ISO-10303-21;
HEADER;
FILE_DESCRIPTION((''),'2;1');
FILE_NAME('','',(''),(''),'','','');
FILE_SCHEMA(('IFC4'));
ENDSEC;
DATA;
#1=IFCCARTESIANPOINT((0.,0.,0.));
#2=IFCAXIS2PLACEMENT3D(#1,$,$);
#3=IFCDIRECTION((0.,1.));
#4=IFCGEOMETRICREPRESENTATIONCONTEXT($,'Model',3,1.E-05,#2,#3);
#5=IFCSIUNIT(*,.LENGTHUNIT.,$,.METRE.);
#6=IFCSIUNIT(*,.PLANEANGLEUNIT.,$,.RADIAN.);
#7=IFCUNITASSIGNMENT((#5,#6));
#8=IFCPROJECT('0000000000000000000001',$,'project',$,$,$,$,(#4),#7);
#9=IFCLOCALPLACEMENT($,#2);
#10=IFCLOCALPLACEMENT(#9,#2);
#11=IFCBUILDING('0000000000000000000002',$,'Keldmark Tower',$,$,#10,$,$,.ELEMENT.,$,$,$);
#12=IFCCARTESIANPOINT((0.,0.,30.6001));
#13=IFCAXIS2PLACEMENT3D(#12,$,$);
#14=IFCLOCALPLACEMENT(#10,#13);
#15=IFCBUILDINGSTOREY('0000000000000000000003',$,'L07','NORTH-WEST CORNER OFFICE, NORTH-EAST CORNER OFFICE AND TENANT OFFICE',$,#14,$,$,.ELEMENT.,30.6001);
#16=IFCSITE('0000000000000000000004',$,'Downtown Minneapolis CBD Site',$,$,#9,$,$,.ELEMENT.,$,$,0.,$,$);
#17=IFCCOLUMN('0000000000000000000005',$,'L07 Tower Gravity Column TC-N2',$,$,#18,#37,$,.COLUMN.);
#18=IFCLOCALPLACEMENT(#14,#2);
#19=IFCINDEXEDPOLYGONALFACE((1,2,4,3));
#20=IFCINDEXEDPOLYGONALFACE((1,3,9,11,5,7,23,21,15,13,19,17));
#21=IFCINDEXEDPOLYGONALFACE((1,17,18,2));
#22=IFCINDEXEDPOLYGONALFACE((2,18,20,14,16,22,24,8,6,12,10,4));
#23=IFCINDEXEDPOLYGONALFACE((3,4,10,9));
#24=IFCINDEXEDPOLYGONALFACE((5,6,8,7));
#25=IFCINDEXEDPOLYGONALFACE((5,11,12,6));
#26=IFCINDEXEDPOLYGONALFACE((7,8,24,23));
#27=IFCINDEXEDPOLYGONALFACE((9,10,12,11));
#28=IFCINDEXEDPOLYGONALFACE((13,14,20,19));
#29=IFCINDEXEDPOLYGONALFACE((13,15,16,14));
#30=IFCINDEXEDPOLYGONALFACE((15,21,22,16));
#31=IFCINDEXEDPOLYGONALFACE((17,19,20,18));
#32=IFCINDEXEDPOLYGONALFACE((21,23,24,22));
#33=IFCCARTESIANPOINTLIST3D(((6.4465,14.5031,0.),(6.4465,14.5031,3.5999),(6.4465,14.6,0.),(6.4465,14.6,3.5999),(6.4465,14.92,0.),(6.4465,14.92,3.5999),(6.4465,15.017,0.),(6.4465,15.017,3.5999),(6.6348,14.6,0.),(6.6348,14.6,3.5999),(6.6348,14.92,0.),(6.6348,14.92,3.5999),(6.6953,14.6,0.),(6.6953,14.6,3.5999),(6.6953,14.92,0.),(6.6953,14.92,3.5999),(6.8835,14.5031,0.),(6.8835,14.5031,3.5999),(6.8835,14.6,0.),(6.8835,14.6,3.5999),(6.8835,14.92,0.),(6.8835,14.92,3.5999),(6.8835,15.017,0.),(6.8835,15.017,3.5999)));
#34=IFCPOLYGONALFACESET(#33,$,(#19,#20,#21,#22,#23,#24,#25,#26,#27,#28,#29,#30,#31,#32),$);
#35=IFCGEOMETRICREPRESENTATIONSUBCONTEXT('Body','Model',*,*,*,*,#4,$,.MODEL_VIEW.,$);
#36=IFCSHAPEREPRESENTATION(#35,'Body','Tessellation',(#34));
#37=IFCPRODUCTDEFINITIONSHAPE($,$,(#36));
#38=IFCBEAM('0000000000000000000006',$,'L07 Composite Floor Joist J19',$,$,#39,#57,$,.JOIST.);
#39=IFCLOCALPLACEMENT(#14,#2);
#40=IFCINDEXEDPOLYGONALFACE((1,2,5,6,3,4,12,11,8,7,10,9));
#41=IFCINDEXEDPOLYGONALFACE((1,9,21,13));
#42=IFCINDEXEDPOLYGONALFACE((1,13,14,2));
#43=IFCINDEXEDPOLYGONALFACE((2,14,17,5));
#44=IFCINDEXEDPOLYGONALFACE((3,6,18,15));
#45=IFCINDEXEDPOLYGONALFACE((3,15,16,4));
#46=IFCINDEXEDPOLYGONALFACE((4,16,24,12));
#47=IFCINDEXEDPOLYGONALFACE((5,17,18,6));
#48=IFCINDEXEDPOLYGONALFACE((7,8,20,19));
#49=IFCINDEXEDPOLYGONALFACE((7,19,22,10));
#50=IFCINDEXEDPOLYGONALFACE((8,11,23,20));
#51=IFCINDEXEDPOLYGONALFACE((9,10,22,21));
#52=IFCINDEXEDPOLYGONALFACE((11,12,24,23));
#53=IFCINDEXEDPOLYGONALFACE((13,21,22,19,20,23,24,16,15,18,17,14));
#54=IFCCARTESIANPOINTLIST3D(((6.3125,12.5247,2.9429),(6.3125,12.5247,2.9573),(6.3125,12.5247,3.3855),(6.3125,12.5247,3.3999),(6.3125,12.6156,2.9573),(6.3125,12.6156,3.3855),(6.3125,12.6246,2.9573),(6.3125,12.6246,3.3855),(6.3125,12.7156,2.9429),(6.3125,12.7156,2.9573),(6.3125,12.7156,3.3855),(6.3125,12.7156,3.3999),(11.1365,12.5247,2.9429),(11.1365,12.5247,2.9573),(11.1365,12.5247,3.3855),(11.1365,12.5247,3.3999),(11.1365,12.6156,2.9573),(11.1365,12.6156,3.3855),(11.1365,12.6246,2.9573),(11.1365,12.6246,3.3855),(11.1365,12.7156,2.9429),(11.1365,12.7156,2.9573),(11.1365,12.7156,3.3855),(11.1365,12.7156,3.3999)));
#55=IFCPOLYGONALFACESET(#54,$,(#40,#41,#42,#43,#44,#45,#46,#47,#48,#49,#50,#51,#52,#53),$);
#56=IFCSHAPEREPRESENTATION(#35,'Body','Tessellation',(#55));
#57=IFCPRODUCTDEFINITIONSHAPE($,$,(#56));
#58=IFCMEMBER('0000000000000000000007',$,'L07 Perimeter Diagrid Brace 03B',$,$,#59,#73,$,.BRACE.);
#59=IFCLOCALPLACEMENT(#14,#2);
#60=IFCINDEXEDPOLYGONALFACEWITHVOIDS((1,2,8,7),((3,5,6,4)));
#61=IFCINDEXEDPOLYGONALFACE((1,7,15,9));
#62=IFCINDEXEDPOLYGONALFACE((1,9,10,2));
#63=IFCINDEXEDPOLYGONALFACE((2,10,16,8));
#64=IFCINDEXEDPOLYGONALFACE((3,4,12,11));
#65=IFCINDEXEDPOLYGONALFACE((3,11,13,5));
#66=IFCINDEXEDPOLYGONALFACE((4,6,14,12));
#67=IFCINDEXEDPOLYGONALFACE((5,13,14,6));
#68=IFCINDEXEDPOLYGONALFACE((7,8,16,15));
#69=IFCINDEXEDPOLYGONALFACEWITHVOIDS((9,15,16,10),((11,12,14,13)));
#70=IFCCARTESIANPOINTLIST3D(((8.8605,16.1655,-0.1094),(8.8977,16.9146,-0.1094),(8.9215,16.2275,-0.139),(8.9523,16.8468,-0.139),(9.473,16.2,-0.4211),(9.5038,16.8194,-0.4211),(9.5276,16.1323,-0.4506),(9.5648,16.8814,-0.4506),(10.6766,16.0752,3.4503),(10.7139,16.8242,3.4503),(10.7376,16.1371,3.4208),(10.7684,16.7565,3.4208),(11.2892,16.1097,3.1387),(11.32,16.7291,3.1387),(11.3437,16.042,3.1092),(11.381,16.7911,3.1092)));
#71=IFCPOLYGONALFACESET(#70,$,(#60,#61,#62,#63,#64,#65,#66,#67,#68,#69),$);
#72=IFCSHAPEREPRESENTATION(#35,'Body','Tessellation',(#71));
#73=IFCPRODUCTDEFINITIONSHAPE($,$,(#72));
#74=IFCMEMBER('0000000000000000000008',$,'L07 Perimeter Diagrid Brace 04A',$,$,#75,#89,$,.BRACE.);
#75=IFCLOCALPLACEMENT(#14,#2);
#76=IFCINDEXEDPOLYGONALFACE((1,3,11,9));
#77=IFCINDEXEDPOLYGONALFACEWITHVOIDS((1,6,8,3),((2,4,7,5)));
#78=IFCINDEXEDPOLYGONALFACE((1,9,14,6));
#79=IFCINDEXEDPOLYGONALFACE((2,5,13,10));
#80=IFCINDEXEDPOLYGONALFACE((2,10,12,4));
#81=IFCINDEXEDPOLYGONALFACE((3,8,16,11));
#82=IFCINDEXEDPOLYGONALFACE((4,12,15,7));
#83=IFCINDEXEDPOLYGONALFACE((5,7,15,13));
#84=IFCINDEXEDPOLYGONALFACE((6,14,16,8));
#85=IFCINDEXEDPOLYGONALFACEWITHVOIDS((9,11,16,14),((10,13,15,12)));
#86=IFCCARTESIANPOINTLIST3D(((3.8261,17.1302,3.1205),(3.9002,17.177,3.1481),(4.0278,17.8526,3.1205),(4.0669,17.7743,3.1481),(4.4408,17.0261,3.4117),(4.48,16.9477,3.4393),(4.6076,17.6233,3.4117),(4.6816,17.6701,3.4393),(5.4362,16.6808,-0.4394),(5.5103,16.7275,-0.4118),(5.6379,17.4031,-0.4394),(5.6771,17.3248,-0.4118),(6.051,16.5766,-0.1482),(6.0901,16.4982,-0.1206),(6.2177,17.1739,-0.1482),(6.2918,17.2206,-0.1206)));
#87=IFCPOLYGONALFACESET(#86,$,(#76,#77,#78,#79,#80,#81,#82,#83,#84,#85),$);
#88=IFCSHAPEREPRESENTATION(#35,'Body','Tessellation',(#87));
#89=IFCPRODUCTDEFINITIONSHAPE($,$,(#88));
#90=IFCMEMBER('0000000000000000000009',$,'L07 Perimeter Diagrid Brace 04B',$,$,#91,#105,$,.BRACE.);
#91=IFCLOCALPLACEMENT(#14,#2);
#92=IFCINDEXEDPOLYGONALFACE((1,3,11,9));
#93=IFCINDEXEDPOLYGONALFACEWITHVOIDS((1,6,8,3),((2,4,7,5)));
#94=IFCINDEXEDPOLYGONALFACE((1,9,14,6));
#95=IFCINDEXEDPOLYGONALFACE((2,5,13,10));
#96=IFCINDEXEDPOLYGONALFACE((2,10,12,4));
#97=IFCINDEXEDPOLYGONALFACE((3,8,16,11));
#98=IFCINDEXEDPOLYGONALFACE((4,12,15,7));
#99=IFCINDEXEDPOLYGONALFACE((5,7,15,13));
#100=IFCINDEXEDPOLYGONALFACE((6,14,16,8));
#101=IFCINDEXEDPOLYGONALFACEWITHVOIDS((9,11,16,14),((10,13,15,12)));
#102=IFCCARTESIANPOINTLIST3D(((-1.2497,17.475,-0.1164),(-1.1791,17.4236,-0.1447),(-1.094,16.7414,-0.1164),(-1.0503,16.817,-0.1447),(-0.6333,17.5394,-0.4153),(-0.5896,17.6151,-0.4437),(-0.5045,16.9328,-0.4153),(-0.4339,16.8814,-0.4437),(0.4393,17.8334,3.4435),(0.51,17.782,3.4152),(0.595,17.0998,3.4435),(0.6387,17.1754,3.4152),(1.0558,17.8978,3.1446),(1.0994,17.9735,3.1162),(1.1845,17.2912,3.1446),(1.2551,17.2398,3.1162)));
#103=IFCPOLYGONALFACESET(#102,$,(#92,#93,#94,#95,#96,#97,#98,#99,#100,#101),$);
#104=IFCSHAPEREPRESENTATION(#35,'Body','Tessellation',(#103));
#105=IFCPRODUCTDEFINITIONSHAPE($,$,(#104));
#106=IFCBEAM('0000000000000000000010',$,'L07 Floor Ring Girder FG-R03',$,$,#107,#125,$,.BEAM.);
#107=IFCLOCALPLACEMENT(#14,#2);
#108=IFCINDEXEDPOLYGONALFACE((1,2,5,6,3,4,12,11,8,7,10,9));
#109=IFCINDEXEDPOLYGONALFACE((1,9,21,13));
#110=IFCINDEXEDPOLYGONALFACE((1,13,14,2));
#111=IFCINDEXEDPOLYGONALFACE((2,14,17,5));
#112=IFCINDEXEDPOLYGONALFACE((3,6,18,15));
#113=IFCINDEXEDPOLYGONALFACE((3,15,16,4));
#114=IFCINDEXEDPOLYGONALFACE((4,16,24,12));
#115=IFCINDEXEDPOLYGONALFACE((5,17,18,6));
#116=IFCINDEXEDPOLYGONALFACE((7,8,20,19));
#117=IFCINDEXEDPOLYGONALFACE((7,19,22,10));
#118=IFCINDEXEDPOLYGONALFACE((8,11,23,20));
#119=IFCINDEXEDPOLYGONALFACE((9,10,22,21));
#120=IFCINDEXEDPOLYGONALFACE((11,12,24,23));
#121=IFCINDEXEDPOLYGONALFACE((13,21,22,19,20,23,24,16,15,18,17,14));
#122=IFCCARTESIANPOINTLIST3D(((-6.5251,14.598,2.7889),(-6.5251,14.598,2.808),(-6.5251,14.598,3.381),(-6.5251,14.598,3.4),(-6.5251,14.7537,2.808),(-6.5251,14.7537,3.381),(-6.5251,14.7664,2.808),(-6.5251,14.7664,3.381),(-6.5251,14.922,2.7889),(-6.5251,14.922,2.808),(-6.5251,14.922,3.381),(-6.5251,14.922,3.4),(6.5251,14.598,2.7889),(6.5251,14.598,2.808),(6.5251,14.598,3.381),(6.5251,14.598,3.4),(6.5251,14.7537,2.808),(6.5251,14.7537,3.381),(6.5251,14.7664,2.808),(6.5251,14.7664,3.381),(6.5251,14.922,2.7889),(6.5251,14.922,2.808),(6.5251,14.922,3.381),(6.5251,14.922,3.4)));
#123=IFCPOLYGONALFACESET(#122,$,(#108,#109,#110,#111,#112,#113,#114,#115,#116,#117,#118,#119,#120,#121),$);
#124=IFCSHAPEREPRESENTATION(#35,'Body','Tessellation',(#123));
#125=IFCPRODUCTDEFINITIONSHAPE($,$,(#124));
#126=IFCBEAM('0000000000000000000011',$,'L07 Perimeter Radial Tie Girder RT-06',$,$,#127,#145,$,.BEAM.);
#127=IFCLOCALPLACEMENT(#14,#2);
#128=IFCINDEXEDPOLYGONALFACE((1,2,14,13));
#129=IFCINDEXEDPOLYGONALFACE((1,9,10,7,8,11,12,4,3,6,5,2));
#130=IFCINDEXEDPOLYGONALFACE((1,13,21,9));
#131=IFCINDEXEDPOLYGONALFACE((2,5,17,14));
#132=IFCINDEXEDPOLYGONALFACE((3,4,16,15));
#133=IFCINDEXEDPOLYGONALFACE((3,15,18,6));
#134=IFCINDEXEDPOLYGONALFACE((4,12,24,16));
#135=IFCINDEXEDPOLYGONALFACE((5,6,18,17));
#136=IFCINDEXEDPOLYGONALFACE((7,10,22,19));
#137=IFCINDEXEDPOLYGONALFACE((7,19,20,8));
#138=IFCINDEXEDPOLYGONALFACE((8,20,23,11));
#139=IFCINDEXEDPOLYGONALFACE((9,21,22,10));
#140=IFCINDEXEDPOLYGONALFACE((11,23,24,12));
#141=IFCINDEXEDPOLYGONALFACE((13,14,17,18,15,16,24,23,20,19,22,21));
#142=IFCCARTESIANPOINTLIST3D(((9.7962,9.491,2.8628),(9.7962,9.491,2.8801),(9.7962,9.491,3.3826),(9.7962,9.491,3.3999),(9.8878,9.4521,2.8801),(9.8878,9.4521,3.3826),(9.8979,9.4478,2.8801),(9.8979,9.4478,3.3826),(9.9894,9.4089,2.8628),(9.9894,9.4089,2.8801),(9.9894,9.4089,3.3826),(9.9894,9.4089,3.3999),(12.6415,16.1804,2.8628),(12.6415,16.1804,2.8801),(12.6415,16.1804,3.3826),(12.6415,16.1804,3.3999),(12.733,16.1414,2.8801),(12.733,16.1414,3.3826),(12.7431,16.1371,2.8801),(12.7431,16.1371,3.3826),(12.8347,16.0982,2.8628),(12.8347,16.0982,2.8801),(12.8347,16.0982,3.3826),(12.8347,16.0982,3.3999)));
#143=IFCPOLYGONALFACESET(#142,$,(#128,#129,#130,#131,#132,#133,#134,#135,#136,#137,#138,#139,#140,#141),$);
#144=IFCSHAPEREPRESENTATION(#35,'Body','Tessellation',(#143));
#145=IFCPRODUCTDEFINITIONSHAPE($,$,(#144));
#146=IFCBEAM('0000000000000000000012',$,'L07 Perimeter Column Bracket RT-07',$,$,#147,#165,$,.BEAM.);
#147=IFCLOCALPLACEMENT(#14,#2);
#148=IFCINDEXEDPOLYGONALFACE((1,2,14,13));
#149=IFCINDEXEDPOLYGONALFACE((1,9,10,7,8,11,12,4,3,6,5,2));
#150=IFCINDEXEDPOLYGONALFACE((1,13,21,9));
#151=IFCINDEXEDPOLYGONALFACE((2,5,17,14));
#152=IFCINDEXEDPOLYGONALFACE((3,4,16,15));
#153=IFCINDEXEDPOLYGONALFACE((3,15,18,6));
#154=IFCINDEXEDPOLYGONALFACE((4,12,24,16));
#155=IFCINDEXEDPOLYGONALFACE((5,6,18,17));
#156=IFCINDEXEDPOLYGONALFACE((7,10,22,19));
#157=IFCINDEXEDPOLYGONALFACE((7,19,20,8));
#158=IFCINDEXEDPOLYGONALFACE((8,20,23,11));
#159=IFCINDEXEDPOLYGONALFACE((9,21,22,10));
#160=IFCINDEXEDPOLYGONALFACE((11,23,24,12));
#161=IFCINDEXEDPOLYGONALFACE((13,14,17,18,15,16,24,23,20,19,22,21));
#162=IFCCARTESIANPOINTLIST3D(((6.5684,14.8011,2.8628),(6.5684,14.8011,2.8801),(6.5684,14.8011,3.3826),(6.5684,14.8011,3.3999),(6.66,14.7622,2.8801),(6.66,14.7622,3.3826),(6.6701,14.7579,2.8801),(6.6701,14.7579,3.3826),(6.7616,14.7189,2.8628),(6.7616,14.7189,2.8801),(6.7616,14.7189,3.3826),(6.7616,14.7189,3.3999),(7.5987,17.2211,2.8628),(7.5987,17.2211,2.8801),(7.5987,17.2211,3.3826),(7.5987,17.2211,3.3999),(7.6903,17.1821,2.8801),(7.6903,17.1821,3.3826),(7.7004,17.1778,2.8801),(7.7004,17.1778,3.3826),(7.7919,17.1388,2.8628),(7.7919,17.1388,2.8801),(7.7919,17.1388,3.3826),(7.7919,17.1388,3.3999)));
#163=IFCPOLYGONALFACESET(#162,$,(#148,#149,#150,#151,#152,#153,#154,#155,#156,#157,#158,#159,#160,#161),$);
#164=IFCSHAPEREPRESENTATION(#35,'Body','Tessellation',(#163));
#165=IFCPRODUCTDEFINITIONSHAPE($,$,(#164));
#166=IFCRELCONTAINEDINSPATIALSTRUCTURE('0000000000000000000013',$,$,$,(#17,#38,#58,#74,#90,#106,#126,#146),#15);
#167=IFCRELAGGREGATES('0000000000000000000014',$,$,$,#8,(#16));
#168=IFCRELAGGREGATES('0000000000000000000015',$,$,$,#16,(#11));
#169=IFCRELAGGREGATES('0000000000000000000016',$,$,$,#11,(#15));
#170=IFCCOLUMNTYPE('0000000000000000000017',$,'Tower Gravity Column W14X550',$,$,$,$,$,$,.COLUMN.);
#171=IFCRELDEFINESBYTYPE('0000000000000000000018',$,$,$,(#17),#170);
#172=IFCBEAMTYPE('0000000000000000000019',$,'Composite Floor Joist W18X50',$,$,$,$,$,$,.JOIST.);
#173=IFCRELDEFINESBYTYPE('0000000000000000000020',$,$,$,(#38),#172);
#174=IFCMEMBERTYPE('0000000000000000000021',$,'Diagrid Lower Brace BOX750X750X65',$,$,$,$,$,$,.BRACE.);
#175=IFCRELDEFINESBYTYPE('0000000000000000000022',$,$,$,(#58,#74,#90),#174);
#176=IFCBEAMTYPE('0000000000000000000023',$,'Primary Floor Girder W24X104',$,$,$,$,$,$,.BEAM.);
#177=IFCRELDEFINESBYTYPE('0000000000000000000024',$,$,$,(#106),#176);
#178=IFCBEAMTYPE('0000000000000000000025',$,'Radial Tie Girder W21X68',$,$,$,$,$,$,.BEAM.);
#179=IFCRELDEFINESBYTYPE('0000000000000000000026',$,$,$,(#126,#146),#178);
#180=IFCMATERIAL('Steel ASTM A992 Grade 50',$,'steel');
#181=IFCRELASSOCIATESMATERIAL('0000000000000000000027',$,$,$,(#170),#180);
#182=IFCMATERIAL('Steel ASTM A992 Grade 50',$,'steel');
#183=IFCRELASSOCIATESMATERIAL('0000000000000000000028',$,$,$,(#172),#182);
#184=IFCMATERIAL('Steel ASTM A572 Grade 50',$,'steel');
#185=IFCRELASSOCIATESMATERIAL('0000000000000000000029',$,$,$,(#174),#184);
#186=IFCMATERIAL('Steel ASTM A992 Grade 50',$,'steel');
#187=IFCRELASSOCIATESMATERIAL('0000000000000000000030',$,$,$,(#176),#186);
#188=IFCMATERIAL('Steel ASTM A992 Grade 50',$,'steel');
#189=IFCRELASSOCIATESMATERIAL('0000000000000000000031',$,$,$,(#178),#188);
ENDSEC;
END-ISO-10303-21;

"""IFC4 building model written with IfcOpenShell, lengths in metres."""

from ifc_helpers import new_model, si_unit, direction, frame, origin, origin_2d, place, context, subcontext, project, spatial, hollow_rectangle, i_section, extrude, material, material_profile, profile_set, type_object, element, save


model = new_model("IFC4")

# Units and contexts
model_context = context("Model", 3, precision=1e-05, world=origin(), true_north=direction((0.0, 1.0)))
body_context = subcontext(model_context, "Body", "Model", "MODEL_VIEW")
ifc_project = project(units=[si_unit("LENGTHUNIT", "METRE"), si_unit("PLANEANGLEUNIT", "RADIAN")], contexts=[model_context])

# Site, building, storey
site_placement = place(None, origin())
site = spatial("IfcSite", under=ifc_project, at=site_placement, Name="Downtown Minneapolis CBD Site", CompositionType="ELEMENT", RefElevation=0.0)
building_placement = place(site_placement, origin())
building = spatial("IfcBuilding", under=site, at=building_placement, Name="Keldmark Tower", CompositionType="ELEMENT")
storey_placement = place(building_placement, frame((0.0, 0.0, 30.6001)))
storey = spatial("IfcBuildingStorey", under=building, at=storey_placement, Name="L07", Description="NORTH-WEST CORNER OFFICE, NORTH-EAST CORNER OFFICE AND TENANT OFFICE", CompositionType="ELEMENT", Elevation=30.6001)

# Column
ifc_material_1 = material(Name="Steel ASTM A992 Grade 50", Category="steel")
ifc_material_profile_1 = material_profile(ifc_material_1, i_section(OverallWidth=0.437, OverallDepth=0.5139, WebThickness=0.0605, FlangeThickness=0.0969, at=origin_2d()), Name="W14X550")
ifc_profile_set_1 = profile_set([ifc_material_profile_1], Name="Steel ASTM A992 Grade 50")
column_type = type_object("IfcColumnType", Name="Tower Gravity Column W14X550", PredefinedType="COLUMN", material=ifc_profile_set_1)
column_placement = place(storey_placement, frame((6.665, 14.76, 0.0), z_axis=(0.0, 0.0, 1.0), x_axis=(1.0, 0.0, 0.0)))
element("IfcColumn", 1, at=column_placement, inside=storey, type_object=column_type, Name="L07 Tower Gravity Column TC-N2", PredefinedType="COLUMN", context=body_context, shape_type="SweptSolid", body=[
    extrude(i_section(OverallWidth=0.437, OverallDepth=0.5139, WebThickness=0.0605, FlangeThickness=0.0969, at=origin_2d()), origin(), (0.0, 0.0, 1.0), 3.5999),
])

# Beam
ifc_material_2 = material(Name="Steel ASTM A992 Grade 50", Category="steel")
ifc_material_profile_2 = material_profile(ifc_material_2, i_section(OverallWidth=0.1909, OverallDepth=0.457, WebThickness=0.009, FlangeThickness=0.0144, at=origin_2d()), Name="W18X50")
ifc_profile_set_2 = profile_set([ifc_material_profile_2], Name="Steel ASTM A992 Grade 50")
beam_type_1 = type_object("IfcBeamType", Name="Composite Floor Joist W18X50", PredefinedType="JOIST", material=ifc_profile_set_2)
beam_1_placement = place(storey_placement, frame((6.3125, 12.6201, 3.1714), z_axis=(1.0, 0.0, 0.0), x_axis=(0.0, 1.0, 0.0)))
element("IfcBeam", 2, at=beam_1_placement, inside=storey, type_object=beam_type_1, Name="L07 Composite Floor Joist J19", PredefinedType="JOIST", context=body_context, shape_type="SweptSolid", body=[
    extrude(i_section(OverallWidth=0.1909, OverallDepth=0.457, WebThickness=0.009, FlangeThickness=0.0144, at=origin_2d()), origin(), (0.0, 0.0, 1.0), 4.824),
])

# Members
ifc_material_3 = material(Name="Steel ASTM A572 Grade 50", Category="steel")
ifc_material_profile_3 = material_profile(ifc_material_3, hollow_rectangle(XDim=0.75, YDim=0.75, WallThickness=0.0649, at=origin_2d()), Name="BOX750X750X65")
ifc_profile_set_3 = profile_set([ifc_material_profile_3], Name="Steel ASTM A572 Grade 50")
member_type = type_object("IfcMemberType", Name="Diagrid Lower Brace BOX750X750X65", PredefinedType="BRACE", material=ifc_profile_set_3)
member_1_placement = place(storey_placement, frame((9.2126, 16.5234, -0.28), z_axis=(0.45434, -0.022598, 0.890541), x_axis=(0.049676, 0.998765, 0.0)))
element("IfcMember", 3, at=member_1_placement, inside=storey, type_object=member_type, Name="L07 Perimeter Diagrid Brace 03B", PredefinedType="BRACE", context=body_context, shape_type="SweptSolid", body=[
    extrude(hollow_rectangle(XDim=0.75, YDim=0.75, WallThickness=0.0649, at=origin_2d()), origin(), (0.0, 0.0, 1.0), 3.9973),
])
member_2_placement = place(storey_placement, frame((5.864, 16.9507, -0.28), z_axis=(-0.409407, 0.114286, 0.905165), x_axis=(-0.268871, -0.963176, 0.0)))
element("IfcMember", 4, at=member_2_placement, inside=storey, type_object=member_type, Name="L07 Perimeter Diagrid Brace 04A", PredefinedType="BRACE", context=body_context, shape_type="SweptSolid", body=[
    extrude(hollow_rectangle(XDim=0.75, YDim=0.75, WallThickness=0.0649, at=origin_2d()), origin(), (0.0, 0.0, 1.0), 3.9329),
])
member_3_placement = place(storey_placement, frame((-0.8418, 17.1782, -0.28), z_axis=(0.426891, 0.090586, 0.899754), x_axis=(-0.207578, 0.978218, 0.0)))
element("IfcMember", 5, at=member_3_placement, inside=storey, type_object=member_type, Name="L07 Perimeter Diagrid Brace 04B", PredefinedType="BRACE", context=body_context, shape_type="SweptSolid", body=[
    extrude(hollow_rectangle(XDim=0.75, YDim=0.75, WallThickness=0.0649, at=origin_2d()), origin(), (0.0, 0.0, 1.0), 3.9565),
])

# Beams
ifc_material_4 = material(Name="Steel ASTM A992 Grade 50", Category="steel")
ifc_material_profile_4 = material_profile(ifc_material_4, i_section(OverallWidth=0.324, OverallDepth=0.6111, WebThickness=0.0127, FlangeThickness=0.019, at=origin_2d()), Name="W24X104")
ifc_profile_set_4 = profile_set([ifc_material_profile_4], Name="Steel ASTM A992 Grade 50")
beam_type_2 = type_object("IfcBeamType", Name="Primary Floor Girder W24X104", PredefinedType="BEAM", material=ifc_profile_set_4)
beam_2_placement = place(storey_placement, frame((6.5251, 14.76, 3.0945), z_axis=(-1.0, 0.0, 0.0), x_axis=(0.0, -1.0, 0.0)))
element("IfcBeam", 6, at=beam_2_placement, inside=storey, type_object=beam_type_2, Name="L07 Floor Ring Girder FG-R03", PredefinedType="BEAM", context=body_context, shape_type="SweptSolid", body=[
    extrude(i_section(OverallWidth=0.324, OverallDepth=0.6111, WebThickness=0.0127, FlangeThickness=0.019, at=origin_2d()), origin(), (0.0, 0.0, 1.0), 13.0503),
])
ifc_material_5 = material(Name="Steel ASTM A992 Grade 50", Category="steel")
ifc_material_profile_5 = material_profile(ifc_material_5, i_section(OverallWidth=0.21, OverallDepth=0.5371, WebThickness=0.011, FlangeThickness=0.0173, at=origin_2d()), Name="W21X68")
ifc_profile_set_5 = profile_set([ifc_material_profile_5], Name="Steel ASTM A992 Grade 50")
beam_type_3 = type_object("IfcBeamType", Name="Radial Tie Girder W21X68", PredefinedType="BEAM", material=ifc_profile_set_5)
beam_3_placement = place(storey_placement, frame((9.8928, 9.45, 3.1313), z_axis=(0.391409, 0.920217, 0.0), x_axis=(-0.920217, 0.391409, 0.0)))
element("IfcBeam", 7, at=beam_3_placement, inside=storey, type_object=beam_type_3, Name="L07 Perimeter Radial Tie Girder RT-06", PredefinedType="BEAM", context=body_context, shape_type="SweptSolid", body=[
    extrude(i_section(OverallWidth=0.21, OverallDepth=0.5371, WebThickness=0.011, FlangeThickness=0.0173, at=origin_2d()), origin(), (0.0, 0.0, 1.0), 7.2693),
])
beam_4_placement = place(storey_placement, frame((6.665, 14.76, 3.1313), z_axis=(0.391722, 0.920083, 0.0), x_axis=(-0.920083, 0.391722, 0.0)))
element("IfcBeam", 8, at=beam_4_placement, inside=storey, type_object=beam_type_3, Name="L07 Perimeter Column Bracket RT-07", PredefinedType="BEAM", context=body_context, shape_type="SweptSolid", body=[
    extrude(i_section(OverallWidth=0.21, OverallDepth=0.5371, WebThickness=0.011, FlangeThickness=0.0173, at=origin_2d()), origin(), (0.0, 0.0, 1.0), 2.6301),
])

save(model, "model.ifc")
